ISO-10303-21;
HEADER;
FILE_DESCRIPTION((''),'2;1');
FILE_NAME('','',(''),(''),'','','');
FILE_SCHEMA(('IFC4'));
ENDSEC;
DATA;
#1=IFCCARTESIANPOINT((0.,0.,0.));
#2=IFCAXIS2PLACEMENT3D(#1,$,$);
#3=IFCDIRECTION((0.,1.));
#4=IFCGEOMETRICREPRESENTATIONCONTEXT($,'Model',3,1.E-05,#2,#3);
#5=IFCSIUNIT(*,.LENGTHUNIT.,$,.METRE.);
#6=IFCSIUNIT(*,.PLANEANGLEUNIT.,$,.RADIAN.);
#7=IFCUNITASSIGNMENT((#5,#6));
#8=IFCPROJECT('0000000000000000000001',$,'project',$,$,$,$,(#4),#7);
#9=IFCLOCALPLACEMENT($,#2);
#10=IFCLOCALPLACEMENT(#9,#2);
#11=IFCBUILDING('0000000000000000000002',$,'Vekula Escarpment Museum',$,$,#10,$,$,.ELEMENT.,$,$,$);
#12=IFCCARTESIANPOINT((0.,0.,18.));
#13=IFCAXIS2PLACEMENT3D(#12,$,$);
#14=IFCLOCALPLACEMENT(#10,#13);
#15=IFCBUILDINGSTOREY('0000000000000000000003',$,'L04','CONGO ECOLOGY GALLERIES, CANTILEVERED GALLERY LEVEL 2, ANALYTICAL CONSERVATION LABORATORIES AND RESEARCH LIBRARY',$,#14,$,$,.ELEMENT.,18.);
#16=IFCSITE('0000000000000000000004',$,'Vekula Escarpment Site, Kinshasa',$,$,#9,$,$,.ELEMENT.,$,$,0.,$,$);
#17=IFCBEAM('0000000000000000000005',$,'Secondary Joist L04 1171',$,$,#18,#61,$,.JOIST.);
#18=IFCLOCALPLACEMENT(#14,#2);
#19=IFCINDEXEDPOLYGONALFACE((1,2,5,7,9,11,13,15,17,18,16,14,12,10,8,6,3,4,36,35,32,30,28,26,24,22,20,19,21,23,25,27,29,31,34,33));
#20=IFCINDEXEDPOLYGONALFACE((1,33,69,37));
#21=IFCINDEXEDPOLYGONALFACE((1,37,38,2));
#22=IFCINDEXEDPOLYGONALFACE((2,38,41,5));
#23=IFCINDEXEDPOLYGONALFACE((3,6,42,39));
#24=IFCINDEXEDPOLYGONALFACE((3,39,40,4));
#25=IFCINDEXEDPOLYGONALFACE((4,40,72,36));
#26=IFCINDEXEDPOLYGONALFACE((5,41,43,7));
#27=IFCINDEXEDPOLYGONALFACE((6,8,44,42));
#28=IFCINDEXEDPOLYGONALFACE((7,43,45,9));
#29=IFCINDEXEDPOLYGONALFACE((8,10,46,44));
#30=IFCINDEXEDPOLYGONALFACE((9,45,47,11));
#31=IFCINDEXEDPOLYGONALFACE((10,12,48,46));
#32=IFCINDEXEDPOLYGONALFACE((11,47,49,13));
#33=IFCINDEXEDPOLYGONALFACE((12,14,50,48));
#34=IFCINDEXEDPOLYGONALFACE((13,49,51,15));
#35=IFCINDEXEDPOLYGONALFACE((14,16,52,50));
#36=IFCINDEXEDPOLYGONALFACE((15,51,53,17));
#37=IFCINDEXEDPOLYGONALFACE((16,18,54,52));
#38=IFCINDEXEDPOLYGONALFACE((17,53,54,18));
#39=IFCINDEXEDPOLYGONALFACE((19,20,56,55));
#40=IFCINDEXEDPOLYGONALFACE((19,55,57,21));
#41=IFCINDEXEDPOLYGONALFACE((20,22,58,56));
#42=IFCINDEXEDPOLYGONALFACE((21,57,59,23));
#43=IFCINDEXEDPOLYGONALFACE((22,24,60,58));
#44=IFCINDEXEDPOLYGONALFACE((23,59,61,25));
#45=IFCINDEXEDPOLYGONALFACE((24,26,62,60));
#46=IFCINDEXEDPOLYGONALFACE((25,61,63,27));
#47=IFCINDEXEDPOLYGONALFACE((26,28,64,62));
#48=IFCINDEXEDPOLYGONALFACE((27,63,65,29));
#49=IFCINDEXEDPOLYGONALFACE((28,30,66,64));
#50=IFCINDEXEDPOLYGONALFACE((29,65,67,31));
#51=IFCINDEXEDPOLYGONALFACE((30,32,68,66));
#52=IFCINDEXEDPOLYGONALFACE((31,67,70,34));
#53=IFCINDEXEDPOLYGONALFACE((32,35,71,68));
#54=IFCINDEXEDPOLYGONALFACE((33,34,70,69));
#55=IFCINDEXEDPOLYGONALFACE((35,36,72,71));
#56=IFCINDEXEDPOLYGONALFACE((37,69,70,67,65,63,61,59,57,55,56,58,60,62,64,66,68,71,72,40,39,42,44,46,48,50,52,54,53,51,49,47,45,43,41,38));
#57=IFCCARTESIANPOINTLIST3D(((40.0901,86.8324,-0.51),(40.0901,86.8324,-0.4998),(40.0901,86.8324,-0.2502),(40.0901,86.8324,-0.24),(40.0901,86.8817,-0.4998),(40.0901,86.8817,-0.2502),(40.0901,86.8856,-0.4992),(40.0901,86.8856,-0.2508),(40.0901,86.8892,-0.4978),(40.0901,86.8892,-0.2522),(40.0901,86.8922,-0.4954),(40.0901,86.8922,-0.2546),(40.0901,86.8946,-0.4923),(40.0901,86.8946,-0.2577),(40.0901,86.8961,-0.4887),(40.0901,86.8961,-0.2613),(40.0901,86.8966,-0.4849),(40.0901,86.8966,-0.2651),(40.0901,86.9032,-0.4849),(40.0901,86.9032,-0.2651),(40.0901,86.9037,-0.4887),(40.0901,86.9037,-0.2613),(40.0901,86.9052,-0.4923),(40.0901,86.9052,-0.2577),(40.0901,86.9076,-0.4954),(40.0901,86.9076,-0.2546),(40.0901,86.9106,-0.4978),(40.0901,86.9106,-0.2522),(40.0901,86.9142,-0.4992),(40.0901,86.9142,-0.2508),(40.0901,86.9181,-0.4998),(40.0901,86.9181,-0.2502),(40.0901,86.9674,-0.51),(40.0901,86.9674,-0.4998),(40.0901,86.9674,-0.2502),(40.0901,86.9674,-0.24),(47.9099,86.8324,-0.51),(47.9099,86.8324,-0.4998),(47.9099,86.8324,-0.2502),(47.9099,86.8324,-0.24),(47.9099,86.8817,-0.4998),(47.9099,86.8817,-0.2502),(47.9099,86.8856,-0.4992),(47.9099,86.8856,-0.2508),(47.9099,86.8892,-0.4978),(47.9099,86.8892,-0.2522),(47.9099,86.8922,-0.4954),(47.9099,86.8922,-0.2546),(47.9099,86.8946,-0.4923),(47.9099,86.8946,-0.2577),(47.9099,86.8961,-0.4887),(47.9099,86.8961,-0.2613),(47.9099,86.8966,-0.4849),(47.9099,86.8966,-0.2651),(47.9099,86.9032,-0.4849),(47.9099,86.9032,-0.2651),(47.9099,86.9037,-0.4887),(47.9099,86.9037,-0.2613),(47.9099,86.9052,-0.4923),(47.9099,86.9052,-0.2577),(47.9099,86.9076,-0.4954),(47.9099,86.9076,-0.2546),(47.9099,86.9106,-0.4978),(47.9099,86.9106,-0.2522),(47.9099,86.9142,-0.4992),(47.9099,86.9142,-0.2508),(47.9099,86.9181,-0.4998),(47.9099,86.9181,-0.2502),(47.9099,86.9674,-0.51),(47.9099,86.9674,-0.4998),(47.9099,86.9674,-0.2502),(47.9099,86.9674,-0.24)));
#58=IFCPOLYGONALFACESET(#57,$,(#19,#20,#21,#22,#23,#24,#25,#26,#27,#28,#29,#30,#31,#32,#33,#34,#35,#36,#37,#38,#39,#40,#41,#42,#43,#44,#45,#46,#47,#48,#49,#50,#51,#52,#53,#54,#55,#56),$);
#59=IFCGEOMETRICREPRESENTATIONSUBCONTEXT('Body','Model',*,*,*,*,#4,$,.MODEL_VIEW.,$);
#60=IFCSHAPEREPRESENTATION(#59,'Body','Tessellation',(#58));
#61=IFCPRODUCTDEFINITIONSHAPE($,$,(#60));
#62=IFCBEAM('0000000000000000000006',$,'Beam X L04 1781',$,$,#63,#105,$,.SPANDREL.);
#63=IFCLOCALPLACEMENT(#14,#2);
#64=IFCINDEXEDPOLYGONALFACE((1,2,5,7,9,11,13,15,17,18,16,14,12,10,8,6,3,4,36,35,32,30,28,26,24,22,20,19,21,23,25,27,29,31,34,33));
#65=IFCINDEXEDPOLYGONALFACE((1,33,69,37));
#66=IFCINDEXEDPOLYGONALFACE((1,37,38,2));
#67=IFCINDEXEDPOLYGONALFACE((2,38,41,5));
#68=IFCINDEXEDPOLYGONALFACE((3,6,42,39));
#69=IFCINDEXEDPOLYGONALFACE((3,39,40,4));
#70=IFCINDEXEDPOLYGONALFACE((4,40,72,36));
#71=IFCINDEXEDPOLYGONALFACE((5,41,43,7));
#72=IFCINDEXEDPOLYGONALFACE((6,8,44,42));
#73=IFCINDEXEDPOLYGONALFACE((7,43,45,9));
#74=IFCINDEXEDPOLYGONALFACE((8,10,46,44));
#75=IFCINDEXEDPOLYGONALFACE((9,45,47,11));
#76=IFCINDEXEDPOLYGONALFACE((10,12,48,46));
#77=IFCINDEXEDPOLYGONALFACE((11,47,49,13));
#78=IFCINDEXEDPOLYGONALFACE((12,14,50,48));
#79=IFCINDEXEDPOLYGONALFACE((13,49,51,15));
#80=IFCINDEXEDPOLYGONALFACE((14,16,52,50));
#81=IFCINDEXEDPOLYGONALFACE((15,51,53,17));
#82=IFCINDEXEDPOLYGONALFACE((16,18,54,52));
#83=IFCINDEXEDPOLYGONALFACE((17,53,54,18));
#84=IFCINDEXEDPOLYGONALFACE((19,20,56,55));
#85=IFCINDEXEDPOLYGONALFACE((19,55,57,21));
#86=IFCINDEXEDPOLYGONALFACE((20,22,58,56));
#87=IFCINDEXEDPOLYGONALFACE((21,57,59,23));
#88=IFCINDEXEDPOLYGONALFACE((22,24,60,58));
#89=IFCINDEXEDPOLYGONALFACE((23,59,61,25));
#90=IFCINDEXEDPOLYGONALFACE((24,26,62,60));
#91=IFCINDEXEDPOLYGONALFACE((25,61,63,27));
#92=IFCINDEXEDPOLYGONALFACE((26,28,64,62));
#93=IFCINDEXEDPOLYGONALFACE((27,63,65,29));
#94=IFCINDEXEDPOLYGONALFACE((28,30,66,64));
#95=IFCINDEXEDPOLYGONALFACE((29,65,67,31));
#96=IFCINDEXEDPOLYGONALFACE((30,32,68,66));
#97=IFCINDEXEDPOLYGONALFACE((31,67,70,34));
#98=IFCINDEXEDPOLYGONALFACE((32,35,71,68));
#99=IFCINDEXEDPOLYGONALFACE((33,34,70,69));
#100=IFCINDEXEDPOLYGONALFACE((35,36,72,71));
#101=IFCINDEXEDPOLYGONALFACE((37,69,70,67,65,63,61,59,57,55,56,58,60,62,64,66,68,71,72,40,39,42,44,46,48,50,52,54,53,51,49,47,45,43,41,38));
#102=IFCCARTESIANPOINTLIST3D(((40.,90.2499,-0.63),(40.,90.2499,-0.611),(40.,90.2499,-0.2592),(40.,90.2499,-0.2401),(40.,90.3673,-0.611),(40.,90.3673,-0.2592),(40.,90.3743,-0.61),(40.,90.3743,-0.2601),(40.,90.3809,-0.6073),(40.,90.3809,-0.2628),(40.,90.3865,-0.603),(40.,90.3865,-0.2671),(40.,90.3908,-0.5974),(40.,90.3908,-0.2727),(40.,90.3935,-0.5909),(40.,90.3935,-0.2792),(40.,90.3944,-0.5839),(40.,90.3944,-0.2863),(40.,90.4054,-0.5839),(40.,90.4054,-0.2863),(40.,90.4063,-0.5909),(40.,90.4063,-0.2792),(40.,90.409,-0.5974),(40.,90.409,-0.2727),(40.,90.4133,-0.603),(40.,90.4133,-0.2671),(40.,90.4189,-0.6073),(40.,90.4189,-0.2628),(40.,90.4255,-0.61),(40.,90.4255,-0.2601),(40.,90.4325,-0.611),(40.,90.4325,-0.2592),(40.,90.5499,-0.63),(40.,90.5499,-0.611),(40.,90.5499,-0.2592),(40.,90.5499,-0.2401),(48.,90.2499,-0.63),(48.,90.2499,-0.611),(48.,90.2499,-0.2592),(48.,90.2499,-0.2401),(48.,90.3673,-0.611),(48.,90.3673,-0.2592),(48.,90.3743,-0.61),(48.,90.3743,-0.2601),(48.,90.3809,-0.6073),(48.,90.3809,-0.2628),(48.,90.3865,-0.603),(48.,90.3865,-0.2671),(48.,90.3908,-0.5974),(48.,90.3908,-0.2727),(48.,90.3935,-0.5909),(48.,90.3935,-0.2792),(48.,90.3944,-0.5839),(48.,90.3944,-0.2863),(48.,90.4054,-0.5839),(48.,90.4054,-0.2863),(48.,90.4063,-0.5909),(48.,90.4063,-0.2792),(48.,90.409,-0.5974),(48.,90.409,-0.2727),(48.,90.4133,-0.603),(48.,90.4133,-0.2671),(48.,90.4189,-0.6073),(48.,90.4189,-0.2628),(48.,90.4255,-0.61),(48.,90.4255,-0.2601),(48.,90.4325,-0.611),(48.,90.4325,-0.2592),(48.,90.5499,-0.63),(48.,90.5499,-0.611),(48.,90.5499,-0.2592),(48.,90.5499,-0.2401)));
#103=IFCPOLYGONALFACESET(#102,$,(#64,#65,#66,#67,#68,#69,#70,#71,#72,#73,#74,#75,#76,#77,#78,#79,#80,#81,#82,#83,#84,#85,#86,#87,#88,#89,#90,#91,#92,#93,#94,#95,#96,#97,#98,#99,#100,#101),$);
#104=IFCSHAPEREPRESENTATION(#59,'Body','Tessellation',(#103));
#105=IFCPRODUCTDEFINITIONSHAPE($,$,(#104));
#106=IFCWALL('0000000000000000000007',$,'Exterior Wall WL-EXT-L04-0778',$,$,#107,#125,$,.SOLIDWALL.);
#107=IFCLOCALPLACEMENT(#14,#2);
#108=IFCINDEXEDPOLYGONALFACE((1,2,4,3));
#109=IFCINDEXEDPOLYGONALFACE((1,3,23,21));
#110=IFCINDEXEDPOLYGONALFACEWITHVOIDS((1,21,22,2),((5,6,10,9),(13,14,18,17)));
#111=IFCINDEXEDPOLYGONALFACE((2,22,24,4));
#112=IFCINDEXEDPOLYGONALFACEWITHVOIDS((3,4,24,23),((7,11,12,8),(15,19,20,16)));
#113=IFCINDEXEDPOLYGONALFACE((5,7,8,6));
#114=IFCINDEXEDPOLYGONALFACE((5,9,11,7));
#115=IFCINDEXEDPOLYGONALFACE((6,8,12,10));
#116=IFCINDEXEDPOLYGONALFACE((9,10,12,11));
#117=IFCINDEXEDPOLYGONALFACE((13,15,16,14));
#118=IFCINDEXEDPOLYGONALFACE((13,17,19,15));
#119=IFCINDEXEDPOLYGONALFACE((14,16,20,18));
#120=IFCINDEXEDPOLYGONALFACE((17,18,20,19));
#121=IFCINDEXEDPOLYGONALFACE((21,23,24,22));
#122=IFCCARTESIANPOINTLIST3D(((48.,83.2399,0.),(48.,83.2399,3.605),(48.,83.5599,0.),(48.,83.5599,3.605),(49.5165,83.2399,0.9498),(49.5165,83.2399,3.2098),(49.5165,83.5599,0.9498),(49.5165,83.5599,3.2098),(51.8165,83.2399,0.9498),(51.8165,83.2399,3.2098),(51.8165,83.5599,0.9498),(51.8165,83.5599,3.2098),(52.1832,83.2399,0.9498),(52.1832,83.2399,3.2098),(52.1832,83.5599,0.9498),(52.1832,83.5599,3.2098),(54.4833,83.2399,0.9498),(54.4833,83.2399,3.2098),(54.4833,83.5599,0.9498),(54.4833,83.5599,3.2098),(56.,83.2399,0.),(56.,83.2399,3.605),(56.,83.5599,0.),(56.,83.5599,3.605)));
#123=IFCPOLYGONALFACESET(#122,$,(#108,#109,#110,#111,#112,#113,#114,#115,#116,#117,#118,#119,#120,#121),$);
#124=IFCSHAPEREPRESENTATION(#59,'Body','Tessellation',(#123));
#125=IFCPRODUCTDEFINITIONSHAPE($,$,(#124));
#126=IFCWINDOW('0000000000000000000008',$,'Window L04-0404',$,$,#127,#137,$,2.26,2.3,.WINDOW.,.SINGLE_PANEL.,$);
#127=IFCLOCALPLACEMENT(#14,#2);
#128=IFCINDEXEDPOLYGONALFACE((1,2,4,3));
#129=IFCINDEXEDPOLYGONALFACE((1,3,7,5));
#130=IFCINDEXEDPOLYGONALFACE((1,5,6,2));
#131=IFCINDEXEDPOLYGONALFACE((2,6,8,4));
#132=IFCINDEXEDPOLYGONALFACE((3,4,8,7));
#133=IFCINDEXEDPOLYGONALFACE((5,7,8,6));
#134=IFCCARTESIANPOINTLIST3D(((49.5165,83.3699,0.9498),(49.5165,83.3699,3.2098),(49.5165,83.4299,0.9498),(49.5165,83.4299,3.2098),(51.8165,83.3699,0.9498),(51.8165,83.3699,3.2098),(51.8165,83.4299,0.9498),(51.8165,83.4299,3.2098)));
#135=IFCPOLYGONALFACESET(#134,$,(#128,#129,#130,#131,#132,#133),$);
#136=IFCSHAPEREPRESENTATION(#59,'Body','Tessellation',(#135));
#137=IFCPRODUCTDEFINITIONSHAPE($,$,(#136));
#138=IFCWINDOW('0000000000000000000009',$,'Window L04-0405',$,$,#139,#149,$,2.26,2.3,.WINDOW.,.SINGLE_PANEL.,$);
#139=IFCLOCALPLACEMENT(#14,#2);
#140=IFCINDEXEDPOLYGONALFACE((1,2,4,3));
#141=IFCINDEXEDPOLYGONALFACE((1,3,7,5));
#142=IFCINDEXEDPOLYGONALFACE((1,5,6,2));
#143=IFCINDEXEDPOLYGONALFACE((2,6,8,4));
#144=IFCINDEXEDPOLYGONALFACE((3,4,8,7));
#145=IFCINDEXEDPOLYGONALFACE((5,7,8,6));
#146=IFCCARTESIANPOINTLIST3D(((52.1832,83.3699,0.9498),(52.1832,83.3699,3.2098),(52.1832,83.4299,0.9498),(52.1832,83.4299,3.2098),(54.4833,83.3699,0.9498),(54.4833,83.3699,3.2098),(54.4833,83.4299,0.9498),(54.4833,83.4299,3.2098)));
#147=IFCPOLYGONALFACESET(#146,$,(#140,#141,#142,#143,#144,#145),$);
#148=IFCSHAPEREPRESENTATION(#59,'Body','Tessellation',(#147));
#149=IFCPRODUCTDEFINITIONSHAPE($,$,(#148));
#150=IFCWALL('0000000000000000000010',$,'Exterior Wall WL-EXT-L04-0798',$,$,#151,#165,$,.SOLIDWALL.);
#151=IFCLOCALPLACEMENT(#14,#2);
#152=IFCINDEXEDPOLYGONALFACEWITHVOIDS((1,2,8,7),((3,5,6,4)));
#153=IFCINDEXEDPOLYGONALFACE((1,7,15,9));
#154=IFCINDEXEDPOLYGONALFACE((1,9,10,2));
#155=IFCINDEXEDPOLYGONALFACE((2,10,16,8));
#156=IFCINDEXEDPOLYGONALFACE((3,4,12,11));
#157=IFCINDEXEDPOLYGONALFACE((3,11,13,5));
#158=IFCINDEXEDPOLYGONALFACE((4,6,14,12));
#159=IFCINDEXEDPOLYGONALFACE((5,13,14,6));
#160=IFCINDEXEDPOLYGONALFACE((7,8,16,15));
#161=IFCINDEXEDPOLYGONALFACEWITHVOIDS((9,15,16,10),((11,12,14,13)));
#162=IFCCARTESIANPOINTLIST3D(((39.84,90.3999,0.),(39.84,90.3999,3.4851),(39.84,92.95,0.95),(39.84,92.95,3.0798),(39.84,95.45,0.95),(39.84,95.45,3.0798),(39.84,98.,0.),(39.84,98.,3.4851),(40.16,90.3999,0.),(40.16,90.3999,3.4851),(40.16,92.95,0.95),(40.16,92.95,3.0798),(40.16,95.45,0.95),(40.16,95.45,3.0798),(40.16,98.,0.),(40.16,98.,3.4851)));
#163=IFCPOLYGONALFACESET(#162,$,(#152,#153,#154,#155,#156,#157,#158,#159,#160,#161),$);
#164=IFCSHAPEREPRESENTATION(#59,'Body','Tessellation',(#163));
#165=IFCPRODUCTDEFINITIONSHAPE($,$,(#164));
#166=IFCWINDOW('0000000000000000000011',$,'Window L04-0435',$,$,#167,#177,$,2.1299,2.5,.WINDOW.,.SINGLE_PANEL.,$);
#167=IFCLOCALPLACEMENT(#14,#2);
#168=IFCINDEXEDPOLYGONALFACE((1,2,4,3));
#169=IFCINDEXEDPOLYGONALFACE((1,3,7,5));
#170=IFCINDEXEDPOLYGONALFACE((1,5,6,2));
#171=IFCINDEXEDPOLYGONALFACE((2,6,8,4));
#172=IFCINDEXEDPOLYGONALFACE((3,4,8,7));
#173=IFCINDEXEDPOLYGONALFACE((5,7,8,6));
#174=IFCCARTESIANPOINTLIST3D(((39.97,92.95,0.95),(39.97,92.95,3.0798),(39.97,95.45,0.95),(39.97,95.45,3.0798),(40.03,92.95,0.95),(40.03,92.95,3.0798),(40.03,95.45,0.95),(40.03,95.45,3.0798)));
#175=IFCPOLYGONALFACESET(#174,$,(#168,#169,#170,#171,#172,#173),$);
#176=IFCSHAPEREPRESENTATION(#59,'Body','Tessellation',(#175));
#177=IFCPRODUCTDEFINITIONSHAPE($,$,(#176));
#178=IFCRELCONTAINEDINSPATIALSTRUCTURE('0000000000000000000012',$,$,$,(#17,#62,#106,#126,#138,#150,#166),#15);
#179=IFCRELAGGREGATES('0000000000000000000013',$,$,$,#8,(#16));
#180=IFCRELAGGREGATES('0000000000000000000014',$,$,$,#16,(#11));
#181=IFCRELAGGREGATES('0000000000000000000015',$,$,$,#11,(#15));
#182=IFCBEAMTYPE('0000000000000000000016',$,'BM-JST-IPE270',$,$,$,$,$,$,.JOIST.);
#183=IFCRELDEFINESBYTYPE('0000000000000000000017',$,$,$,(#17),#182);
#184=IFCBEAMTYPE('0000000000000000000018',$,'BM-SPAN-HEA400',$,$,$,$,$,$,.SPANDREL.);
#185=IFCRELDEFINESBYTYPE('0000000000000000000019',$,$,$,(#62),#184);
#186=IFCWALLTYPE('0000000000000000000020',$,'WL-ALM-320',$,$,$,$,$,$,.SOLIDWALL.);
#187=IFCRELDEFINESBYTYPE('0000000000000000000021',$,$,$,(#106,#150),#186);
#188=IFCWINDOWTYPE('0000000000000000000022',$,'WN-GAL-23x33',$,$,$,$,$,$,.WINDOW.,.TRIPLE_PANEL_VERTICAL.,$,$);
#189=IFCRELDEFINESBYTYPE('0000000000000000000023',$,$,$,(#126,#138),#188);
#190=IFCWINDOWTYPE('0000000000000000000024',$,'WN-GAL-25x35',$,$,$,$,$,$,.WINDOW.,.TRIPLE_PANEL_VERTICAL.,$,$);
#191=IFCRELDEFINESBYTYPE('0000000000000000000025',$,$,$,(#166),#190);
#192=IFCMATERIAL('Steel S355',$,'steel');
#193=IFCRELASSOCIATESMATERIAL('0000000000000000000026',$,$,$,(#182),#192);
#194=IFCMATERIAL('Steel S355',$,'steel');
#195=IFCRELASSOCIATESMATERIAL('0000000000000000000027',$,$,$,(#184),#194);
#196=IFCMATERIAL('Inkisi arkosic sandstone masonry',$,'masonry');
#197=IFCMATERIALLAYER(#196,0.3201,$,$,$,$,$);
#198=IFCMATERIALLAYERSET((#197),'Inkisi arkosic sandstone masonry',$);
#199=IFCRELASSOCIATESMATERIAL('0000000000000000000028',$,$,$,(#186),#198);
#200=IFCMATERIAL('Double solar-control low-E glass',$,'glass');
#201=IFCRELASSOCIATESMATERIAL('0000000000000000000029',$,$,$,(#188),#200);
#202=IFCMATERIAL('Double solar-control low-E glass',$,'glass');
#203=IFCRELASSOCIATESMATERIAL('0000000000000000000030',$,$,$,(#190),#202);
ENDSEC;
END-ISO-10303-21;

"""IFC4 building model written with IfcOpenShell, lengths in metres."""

from ifc_helpers import new_model, si_unit, direction, frame, frame_2d, origin, origin_2d, place, context, subcontext, project, spatial, rectangle, i_section, extrude, material, layer, layer_set, material_profile, profile_set, type_object, element, fill, save


model = new_model("IFC4")

# Units and contexts
model_context = context("Model", 3, precision=1e-05, world=origin(), true_north=direction((0.0, 1.0)))
body_context = subcontext(model_context, "Body", "Model", "MODEL_VIEW")
ifc_project = project(units=[si_unit("LENGTHUNIT", "METRE"), si_unit("PLANEANGLEUNIT", "RADIAN")], contexts=[model_context])

# Site, building, storey
site_placement = place(None, origin())
site = spatial("IfcSite", under=ifc_project, at=site_placement, Name="Vekula Escarpment Site, Kinshasa", CompositionType="ELEMENT", RefElevation=0.0)
building_placement = place(site_placement, origin())
building = spatial("IfcBuilding", under=site, at=building_placement, Name="Vekula Escarpment Museum", CompositionType="ELEMENT")
storey_placement = place(building_placement, frame((0.0, 0.0, 18.0)))
storey = spatial("IfcBuildingStorey", under=building, at=storey_placement, Name="L04", Description="CONGO ECOLOGY GALLERIES, CANTILEVERED GALLERY LEVEL 2, ANALYTICAL CONSERVATION LABORATORIES AND RESEARCH LIBRARY", CompositionType="ELEMENT", Elevation=18.0)

# Beams
ifc_material_1 = material(Name="Steel S355", Category="steel")
ifc_material_profile_1 = material_profile(ifc_material_1, i_section(OverallWidth=0.135, OverallDepth=0.27, WebThickness=0.0066, FlangeThickness=0.0103, FilletRadius=0.0149, at=origin_2d()), Name="IPE 270")
ifc_profile_set_1 = profile_set([ifc_material_profile_1], Name="Steel S355")
beam_type_1 = type_object("IfcBeamType", Name="BM-JST-IPE270", PredefinedType="JOIST", material=ifc_profile_set_1)
beam_1_placement = place(storey_placement, frame((40.0901, 86.8999, -0.375), z_axis=(1.0, 0.0, 0.0), x_axis=(0.0, 1.0, 0.0)))
element("IfcBeam", 1, at=beam_1_placement, inside=storey, type_object=beam_type_1, Name="Secondary Joist L04 1171", PredefinedType="JOIST", context=body_context, shape_type="SweptSolid", body=[
    extrude(i_section(OverallWidth=0.135, OverallDepth=0.27, WebThickness=0.0066, FlangeThickness=0.0103, FilletRadius=0.0149, at=origin_2d()), origin(), (0.0, 0.0, 1.0), 7.8198),
])
ifc_material_2 = material(Name="Steel S355", Category="steel")
ifc_material_profile_2 = material_profile(ifc_material_2, i_section(OverallWidth=0.3, OverallDepth=0.3899, WebThickness=0.011, FlangeThickness=0.019, FilletRadius=0.0271, at=origin_2d()), Name="HEA 400")
ifc_profile_set_2 = profile_set([ifc_material_profile_2], Name="Steel S355")
beam_type_2 = type_object("IfcBeamType", Name="BM-SPAN-HEA400", PredefinedType="SPANDREL", material=ifc_profile_set_2)
beam_2_placement = place(storey_placement, frame((40.0, 90.3999, -0.4351), z_axis=(1.0, 0.0, 0.0), x_axis=(0.0, 1.0, 0.0)))
element("IfcBeam", 2, at=beam_2_placement, inside=storey, type_object=beam_type_2, Name="Beam X L04 1781", PredefinedType="SPANDREL", context=body_context, shape_type="SweptSolid", body=[
    extrude(i_section(OverallWidth=0.3, OverallDepth=0.3899, WebThickness=0.011, FlangeThickness=0.019, FilletRadius=0.0271, at=origin_2d()), origin(), (0.0, 0.0, 1.0), 8.0),
])

# Wall, openings, windows
ifc_material_3 = material(Name="Inkisi arkosic sandstone masonry", Category="masonry")
ifc_layer_1 = layer(ifc_material_3, 0.3201)
ifc_layer_set_1 = layer_set([ifc_layer_1], Name="Inkisi arkosic sandstone masonry")
wall_type_1 = type_object("IfcWallType", Name="WL-ALM-320", PredefinedType="SOLIDWALL", material=ifc_layer_set_1)
wall_1_placement = place(storey_placement, frame((48.0, 83.3999, 0.0), z_axis=(0.0, 0.0, 1.0), x_axis=(1.0, 0.0, 0.0)))
wall_1 = element("IfcWall", 3, at=wall_1_placement, inside=storey, type_object=wall_type_1, Name="Exterior Wall WL-EXT-L04-0778", PredefinedType="SOLIDWALL", context=body_context, shape_type="SweptSolid", body=[
    extrude(rectangle(XDim=8.0, YDim=0.3201, at=frame_2d((4.0, 0.0))), origin(), (0.0, 0.0, 1.0), 3.605),
])
opening_1_placement = place(wall_1_placement, frame((1.5166, 0.0, 0.95)))
opening_1 = element("IfcOpeningElement", 4, at=opening_1_placement, cuts=wall_1, PredefinedType="OPENING", context=body_context, shape_type="SweptSolid", body=[
    extrude(rectangle(XDim=2.3, YDim=2.26, at=frame_2d((1.1499, 1.1299))), frame((0.0, 0.1699, 0.0), z_axis=(0.0, -1.0, 0.0), x_axis=(1.0, 0.0, 0.0)), (0.0, 0.0, 1.0), 0.3401),
])
opening_2_placement = place(wall_1_placement, frame((4.1833, 0.0, 0.95)))
opening_2 = element("IfcOpeningElement", 5, at=opening_2_placement, cuts=wall_1, PredefinedType="OPENING", context=body_context, shape_type="SweptSolid", body=[
    extrude(rectangle(XDim=2.3, YDim=2.26, at=frame_2d((1.1499, 1.1299))), frame((0.0, 0.1699, 0.0), z_axis=(0.0, -1.0, 0.0), x_axis=(1.0, 0.0, 0.0)), (0.0, 0.0, 1.0), 0.3401),
])
ifc_material_4 = material(Name="Double solar-control low-E glass", Category="glass")
window_type_1 = type_object("IfcWindowType", Name="WN-GAL-23x33", PartitioningType="TRIPLE_PANEL_VERTICAL", PredefinedType="WINDOW", material=ifc_material_4)
window_1_placement = place(opening_1_placement, origin())
window_1 = element("IfcWindow", 6, at=window_1_placement, inside=storey, type_object=window_type_1, Name="Window L04-0404", OverallHeight=2.26, OverallWidth=2.3, PartitioningType="SINGLE_PANEL", PredefinedType="WINDOW", context=body_context, shape_type="SweptSolid", body=[
    extrude(rectangle(XDim=2.3, YDim=2.26, at=frame_2d((1.1499, 1.1299))), frame((0.0, 0.03, 0.0), z_axis=(0.0, -1.0, 0.0), x_axis=(1.0, 0.0, 0.0)), (0.0, 0.0, 1.0), 0.0601),
])
fill(opening_1, window_1)
window_2_placement = place(opening_2_placement, origin())
window_2 = element("IfcWindow", 7, at=window_2_placement, inside=storey, type_object=window_type_1, Name="Window L04-0405", OverallHeight=2.26, OverallWidth=2.3, PartitioningType="SINGLE_PANEL", PredefinedType="WINDOW", context=body_context, shape_type="SweptSolid", body=[
    extrude(rectangle(XDim=2.3, YDim=2.26, at=frame_2d((1.1499, 1.1299))), frame((0.0, 0.03, 0.0), z_axis=(0.0, -1.0, 0.0), x_axis=(1.0, 0.0, 0.0)), (0.0, 0.0, 1.0), 0.0601),
])
fill(opening_2, window_2)

# Wall, opening, window
wall_2_placement = place(storey_placement, frame((40.0, 90.3999, 0.0), z_axis=(0.0, 0.0, 1.0), x_axis=(0.0, 1.0, 0.0)))
wall_2 = element("IfcWall", 8, at=wall_2_placement, inside=storey, type_object=wall_type_1, Name="Exterior Wall WL-EXT-L04-0798", PredefinedType="SOLIDWALL", context=body_context, shape_type="SweptSolid", body=[
    extrude(rectangle(XDim=7.6001, YDim=0.3201, at=frame_2d((3.8, 0.0))), origin(), (0.0, 0.0, 1.0), 3.4851),
])
opening_3_placement = place(wall_2_placement, frame((2.55, 0.0, 0.95)))
opening_3 = element("IfcOpeningElement", 9, at=opening_3_placement, cuts=wall_2, PredefinedType="OPENING", context=body_context, shape_type="SweptSolid", body=[
    extrude(rectangle(XDim=2.5, YDim=2.1299, at=frame_2d((1.25, 1.0649))), frame((0.0, 0.1699, 0.0), z_axis=(0.0, -1.0, 0.0), x_axis=(1.0, 0.0, 0.0)), (0.0, 0.0, 1.0), 0.3401),
])
ifc_material_5 = material(Name="Double solar-control low-E glass", Category="glass")
window_type_2 = type_object("IfcWindowType", Name="WN-GAL-25x35", PartitioningType="TRIPLE_PANEL_VERTICAL", PredefinedType="WINDOW", material=ifc_material_5)
window_3_placement = place(opening_3_placement, origin())
window_3 = element("IfcWindow", 10, at=window_3_placement, inside=storey, type_object=window_type_2, Name="Window L04-0435", OverallHeight=2.1299, OverallWidth=2.5, PartitioningType="SINGLE_PANEL", PredefinedType="WINDOW", context=body_context, shape_type="SweptSolid", body=[
    extrude(rectangle(XDim=2.5, YDim=2.1299, at=frame_2d((1.25, 1.0649))), frame((0.0, 0.03, 0.0), z_axis=(0.0, -1.0, 0.0), x_axis=(1.0, 0.0, 0.0)), (0.0, 0.0, 1.0), 0.0601),
])
fill(opening_3, window_3)

save(model, "model.ifc")
